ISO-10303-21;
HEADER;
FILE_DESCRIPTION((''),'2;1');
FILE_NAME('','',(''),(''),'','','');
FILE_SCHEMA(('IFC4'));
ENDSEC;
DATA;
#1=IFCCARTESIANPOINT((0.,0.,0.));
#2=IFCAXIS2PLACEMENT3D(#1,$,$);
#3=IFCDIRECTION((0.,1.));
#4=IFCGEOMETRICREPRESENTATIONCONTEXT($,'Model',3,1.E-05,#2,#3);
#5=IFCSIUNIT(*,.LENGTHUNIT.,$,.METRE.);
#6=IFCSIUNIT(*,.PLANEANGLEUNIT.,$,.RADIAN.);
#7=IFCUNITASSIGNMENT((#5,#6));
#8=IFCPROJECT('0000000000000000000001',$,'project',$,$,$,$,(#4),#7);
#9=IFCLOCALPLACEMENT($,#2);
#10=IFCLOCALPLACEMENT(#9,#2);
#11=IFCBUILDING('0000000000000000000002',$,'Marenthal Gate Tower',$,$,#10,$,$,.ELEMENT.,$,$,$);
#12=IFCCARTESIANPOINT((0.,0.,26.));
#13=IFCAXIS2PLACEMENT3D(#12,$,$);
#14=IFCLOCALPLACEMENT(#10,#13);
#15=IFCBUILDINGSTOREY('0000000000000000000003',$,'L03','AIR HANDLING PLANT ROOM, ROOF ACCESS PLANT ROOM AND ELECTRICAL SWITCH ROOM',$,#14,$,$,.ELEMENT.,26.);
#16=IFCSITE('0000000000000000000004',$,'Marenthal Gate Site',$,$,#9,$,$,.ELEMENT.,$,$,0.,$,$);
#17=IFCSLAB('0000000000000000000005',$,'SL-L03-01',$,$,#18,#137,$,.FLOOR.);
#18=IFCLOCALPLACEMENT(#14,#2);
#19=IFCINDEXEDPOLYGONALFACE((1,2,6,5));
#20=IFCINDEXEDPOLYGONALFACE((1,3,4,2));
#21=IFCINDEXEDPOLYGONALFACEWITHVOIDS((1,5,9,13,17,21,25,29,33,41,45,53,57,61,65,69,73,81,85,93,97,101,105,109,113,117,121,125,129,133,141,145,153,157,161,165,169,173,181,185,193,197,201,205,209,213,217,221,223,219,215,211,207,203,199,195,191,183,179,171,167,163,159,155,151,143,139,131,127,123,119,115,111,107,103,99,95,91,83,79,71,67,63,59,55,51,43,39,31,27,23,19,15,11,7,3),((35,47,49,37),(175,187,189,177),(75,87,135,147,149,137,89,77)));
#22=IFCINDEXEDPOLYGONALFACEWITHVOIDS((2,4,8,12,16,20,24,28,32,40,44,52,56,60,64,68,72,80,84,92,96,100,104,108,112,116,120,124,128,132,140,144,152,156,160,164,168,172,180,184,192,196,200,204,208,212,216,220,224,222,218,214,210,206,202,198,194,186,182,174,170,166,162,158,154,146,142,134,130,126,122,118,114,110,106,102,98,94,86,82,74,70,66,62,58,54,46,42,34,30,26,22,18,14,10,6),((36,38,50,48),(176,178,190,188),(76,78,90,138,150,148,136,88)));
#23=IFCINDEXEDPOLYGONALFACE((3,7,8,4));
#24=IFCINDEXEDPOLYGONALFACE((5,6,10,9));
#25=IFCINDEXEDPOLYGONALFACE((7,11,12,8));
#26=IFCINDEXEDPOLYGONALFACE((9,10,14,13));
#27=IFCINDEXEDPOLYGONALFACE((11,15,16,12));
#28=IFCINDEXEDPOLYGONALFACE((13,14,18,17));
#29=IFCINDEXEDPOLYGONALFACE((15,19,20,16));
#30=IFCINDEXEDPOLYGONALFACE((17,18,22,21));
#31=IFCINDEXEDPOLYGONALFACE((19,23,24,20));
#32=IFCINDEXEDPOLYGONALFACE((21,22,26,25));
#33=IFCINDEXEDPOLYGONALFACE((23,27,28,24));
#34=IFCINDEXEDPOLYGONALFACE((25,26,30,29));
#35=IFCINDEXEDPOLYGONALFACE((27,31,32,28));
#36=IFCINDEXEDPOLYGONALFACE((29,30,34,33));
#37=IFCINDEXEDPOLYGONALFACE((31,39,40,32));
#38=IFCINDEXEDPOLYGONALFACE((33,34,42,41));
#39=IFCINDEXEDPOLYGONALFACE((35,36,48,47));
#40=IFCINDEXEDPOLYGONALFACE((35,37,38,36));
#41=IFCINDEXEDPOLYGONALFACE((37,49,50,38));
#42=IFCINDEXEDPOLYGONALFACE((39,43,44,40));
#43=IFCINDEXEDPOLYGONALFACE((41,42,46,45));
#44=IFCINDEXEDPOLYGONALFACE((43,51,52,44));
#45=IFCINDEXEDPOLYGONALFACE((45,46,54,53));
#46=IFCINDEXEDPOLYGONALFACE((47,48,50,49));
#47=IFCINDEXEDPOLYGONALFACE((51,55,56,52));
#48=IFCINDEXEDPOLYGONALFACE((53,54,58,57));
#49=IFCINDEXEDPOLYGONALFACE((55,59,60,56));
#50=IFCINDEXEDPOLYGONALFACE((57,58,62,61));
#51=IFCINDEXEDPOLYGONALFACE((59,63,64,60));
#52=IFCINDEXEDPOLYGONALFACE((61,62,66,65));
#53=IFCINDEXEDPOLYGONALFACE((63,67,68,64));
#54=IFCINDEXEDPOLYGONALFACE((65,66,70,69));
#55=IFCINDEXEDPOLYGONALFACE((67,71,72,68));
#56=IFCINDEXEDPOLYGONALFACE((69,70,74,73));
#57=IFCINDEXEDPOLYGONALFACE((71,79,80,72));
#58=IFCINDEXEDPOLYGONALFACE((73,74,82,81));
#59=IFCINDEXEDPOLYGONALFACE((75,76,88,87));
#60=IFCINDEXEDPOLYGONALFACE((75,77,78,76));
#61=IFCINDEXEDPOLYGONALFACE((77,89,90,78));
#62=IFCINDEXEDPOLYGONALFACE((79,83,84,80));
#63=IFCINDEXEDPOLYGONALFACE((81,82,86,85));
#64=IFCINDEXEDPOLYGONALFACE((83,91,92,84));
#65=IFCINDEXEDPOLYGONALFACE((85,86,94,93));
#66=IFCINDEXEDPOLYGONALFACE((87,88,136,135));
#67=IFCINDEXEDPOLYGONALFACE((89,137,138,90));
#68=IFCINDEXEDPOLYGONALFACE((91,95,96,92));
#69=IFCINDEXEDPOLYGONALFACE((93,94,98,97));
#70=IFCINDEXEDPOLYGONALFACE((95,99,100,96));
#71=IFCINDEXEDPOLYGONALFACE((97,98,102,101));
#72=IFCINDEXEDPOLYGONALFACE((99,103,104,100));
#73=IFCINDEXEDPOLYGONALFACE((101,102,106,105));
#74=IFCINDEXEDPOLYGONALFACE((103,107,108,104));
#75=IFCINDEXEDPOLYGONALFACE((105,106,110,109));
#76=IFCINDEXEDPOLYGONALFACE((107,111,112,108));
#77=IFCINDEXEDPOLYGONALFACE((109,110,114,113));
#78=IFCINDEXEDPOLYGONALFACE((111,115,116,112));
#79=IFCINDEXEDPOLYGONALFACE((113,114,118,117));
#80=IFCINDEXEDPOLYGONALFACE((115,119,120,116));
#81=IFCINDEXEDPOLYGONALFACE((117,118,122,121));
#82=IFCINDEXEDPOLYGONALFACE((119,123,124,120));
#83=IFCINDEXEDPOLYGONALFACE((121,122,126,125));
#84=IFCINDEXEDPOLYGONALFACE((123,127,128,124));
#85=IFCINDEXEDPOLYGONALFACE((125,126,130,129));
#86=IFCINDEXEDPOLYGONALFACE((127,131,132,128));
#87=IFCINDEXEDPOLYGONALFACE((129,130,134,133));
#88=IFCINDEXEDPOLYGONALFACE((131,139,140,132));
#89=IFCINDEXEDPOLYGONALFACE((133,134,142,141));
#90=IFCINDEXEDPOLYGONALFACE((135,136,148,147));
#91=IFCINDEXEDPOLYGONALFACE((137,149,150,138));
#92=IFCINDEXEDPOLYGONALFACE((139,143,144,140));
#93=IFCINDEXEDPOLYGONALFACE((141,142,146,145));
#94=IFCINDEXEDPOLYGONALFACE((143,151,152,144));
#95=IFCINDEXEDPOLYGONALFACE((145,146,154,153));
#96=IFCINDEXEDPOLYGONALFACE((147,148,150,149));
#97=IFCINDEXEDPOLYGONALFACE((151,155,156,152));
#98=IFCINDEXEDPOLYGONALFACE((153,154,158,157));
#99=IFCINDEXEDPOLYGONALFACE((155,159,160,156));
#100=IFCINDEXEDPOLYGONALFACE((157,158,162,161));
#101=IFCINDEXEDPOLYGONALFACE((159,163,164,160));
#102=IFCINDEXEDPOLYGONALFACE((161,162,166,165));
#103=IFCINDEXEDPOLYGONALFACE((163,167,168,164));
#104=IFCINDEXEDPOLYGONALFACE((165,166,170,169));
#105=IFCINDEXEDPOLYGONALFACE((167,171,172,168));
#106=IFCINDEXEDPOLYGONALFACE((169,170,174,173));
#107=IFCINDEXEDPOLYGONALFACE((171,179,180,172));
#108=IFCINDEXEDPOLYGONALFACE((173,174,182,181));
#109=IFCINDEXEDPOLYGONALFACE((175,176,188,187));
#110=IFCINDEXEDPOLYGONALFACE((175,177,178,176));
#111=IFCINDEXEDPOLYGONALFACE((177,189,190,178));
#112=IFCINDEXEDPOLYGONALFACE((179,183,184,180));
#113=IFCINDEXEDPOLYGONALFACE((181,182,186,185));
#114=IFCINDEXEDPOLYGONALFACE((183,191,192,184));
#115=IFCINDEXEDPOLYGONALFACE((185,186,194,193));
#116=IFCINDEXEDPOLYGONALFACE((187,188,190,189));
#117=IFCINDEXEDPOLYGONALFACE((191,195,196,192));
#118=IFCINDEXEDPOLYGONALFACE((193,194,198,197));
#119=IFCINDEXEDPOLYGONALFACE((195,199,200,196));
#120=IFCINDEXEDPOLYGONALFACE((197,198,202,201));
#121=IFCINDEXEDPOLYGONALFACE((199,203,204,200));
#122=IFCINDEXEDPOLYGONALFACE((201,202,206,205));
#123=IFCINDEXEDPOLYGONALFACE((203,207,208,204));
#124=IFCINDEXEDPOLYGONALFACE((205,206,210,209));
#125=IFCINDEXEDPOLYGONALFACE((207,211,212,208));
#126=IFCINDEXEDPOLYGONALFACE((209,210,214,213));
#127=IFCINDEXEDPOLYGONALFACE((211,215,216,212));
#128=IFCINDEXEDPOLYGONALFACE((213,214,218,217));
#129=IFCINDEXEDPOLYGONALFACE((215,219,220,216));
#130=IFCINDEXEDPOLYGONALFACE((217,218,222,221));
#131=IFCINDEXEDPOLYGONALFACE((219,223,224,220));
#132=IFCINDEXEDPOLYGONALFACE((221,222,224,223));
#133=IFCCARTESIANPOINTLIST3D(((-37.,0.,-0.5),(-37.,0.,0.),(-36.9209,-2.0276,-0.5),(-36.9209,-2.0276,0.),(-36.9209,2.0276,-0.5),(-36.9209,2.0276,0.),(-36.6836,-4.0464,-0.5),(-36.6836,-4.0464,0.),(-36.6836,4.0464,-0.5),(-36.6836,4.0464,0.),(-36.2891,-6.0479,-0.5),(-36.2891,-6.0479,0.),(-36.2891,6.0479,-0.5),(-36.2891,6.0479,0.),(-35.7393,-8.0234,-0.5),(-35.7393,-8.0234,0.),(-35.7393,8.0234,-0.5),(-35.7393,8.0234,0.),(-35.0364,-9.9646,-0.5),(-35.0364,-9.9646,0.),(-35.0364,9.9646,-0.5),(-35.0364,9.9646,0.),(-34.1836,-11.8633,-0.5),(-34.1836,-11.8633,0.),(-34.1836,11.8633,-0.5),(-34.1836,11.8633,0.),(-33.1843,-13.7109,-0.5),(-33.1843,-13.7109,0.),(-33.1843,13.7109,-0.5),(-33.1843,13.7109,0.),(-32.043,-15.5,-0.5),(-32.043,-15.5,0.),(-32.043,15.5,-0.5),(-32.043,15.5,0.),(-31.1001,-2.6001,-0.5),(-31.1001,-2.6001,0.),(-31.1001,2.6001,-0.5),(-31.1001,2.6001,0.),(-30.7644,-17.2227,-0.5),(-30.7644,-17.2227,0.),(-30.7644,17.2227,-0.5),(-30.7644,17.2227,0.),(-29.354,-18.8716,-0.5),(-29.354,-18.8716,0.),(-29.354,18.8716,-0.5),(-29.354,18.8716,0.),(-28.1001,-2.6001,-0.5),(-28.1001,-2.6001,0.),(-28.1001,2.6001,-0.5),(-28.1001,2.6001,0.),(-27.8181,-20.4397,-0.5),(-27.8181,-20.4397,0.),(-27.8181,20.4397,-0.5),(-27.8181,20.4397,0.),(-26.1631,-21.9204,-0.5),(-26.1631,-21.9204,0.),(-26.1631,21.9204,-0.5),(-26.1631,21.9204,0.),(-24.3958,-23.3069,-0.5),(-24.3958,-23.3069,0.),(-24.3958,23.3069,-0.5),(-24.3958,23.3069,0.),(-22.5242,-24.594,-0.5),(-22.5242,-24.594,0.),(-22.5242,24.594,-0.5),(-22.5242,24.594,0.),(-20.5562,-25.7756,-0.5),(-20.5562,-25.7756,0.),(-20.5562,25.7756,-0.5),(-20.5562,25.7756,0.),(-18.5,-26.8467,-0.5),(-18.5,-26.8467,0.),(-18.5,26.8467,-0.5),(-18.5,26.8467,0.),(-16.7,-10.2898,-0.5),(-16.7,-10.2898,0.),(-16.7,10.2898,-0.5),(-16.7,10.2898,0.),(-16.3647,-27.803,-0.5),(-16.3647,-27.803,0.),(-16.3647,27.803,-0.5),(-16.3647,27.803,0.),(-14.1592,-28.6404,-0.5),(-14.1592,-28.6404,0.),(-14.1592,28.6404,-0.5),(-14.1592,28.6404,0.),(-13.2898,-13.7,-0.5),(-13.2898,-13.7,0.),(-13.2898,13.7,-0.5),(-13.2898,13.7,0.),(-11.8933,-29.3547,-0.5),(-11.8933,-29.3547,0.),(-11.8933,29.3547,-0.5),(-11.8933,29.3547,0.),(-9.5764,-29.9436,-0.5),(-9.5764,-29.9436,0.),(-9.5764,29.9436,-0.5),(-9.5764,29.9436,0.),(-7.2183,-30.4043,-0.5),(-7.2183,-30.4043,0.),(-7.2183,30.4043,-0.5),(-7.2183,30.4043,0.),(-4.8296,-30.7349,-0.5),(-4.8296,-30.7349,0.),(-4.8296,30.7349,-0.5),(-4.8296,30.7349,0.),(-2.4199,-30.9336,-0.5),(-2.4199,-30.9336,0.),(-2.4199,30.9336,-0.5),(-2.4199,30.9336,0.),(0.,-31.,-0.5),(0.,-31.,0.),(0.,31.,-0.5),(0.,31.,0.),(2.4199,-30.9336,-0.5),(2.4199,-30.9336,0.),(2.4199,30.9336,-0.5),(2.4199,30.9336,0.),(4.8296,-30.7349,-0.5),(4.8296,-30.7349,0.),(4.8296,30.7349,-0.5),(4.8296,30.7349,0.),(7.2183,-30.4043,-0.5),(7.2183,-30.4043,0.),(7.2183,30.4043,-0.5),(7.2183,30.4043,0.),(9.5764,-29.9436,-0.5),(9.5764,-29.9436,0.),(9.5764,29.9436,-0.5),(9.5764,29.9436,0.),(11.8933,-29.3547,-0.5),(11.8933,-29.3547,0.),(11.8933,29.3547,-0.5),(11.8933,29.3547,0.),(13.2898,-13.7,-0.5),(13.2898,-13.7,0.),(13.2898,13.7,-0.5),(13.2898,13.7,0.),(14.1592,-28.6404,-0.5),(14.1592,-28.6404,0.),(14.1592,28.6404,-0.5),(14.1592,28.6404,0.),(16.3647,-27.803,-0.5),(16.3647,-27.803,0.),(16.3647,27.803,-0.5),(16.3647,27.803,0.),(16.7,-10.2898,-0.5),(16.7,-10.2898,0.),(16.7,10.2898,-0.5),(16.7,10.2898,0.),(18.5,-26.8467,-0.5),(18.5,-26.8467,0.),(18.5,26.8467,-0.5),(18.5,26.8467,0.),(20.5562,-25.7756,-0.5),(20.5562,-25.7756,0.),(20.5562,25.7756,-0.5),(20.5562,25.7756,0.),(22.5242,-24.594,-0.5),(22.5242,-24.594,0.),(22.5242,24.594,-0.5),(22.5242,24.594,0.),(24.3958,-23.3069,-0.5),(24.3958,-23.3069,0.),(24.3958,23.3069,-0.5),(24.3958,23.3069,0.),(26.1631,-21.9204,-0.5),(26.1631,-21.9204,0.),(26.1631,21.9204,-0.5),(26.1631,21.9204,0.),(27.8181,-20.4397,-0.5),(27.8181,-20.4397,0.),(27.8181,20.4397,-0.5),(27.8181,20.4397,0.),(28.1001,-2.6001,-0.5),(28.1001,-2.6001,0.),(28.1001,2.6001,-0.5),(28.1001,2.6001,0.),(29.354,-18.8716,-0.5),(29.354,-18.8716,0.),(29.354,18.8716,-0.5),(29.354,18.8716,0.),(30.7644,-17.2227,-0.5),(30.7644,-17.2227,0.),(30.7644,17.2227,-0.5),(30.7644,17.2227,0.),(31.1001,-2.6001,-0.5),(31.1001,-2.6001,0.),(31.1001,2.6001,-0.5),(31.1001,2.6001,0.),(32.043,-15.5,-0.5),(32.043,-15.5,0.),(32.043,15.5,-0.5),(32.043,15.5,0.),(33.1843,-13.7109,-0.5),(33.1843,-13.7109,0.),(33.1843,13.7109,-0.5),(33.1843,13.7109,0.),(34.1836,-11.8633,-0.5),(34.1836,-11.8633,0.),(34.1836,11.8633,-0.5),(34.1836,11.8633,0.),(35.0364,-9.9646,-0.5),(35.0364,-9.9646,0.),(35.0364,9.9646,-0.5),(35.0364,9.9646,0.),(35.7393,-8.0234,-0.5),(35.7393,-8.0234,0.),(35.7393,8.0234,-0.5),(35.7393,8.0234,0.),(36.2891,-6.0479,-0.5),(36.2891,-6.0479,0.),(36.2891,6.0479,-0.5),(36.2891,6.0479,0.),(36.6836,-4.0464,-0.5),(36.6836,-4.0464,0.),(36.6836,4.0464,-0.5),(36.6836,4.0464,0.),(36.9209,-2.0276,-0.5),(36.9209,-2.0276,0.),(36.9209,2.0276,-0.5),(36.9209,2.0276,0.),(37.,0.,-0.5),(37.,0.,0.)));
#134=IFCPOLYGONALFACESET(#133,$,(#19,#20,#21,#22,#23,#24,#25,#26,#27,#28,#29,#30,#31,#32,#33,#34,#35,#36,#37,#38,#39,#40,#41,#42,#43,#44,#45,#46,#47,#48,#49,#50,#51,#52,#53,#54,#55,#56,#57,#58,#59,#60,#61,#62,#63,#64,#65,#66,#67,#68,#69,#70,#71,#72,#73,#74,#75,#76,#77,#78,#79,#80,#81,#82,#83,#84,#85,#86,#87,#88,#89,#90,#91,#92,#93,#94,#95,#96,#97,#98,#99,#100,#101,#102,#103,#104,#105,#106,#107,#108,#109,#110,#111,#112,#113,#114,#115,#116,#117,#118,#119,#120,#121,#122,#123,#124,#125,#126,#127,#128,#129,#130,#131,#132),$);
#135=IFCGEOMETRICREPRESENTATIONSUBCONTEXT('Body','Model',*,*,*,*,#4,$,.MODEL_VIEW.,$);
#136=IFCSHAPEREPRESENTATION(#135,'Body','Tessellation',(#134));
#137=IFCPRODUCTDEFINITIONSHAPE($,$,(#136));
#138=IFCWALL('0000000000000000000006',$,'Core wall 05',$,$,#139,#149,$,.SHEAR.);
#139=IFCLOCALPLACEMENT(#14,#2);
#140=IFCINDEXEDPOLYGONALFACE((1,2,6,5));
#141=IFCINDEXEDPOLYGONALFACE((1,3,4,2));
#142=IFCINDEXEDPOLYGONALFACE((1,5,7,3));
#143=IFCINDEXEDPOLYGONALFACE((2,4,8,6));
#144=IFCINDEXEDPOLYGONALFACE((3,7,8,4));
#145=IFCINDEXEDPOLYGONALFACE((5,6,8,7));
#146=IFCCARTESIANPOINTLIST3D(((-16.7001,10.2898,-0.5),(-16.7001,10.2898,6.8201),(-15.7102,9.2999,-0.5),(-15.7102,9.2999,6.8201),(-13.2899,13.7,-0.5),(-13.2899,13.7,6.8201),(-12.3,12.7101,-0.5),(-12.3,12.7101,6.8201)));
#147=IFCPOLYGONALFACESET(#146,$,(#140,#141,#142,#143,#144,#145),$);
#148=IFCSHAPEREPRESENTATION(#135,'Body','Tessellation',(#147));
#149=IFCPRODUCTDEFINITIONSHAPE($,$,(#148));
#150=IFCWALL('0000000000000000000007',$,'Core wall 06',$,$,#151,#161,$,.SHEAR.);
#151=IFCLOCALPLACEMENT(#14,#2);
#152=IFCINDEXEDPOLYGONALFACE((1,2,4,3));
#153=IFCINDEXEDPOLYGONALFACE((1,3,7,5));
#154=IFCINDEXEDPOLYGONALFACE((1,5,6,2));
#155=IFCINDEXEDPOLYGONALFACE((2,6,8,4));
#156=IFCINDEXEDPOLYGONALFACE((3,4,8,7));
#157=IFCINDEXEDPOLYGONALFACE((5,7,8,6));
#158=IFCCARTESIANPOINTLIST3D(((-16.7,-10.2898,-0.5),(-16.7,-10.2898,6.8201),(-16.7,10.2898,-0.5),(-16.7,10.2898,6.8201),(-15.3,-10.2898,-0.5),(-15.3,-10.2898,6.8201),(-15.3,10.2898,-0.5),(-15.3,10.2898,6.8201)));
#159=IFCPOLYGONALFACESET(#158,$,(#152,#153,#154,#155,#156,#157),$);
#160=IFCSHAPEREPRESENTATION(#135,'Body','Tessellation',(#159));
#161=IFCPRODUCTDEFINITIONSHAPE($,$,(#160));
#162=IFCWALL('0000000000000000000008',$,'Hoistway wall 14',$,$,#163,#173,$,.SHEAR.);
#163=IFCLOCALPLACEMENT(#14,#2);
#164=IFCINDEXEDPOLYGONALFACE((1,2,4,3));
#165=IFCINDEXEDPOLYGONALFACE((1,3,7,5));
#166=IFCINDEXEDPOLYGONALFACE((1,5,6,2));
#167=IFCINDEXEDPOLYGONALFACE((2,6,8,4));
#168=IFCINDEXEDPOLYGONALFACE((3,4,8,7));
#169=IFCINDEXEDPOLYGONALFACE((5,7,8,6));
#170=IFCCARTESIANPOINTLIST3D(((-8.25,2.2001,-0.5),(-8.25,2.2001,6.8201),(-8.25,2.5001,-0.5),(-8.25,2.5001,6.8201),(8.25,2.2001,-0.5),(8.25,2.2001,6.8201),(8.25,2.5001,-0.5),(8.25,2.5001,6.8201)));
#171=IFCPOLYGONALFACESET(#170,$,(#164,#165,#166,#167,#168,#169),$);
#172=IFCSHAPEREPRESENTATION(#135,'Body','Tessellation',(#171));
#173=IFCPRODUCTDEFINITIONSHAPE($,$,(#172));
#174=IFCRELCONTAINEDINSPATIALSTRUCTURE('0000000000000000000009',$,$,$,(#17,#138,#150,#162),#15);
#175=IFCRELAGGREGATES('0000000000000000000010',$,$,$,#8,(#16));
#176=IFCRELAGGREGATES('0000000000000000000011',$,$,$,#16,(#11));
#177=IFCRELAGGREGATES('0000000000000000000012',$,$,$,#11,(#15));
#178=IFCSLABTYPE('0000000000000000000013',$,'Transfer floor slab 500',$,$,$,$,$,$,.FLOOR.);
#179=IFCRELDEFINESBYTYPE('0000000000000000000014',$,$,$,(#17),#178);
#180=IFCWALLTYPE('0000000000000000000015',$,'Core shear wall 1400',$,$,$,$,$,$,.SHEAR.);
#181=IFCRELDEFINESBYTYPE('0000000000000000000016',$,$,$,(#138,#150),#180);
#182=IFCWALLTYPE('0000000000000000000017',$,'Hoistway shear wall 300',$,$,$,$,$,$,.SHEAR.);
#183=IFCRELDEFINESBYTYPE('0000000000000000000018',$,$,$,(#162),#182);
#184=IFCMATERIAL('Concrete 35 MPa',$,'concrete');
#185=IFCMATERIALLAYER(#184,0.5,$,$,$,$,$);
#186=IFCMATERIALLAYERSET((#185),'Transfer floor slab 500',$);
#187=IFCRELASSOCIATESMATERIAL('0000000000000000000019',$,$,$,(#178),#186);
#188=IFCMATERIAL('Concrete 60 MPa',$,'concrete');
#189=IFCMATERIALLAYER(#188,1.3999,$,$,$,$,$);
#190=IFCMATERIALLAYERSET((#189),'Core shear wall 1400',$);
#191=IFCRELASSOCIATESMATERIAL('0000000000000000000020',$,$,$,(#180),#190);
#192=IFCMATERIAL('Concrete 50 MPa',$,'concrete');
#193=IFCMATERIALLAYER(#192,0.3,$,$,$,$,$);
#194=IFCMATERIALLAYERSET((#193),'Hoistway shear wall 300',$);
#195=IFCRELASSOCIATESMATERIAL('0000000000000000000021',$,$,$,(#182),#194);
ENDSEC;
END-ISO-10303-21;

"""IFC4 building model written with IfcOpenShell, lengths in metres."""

from ifc_helpers import new_model, si_unit, direction, frame, frame_2d, origin, place, context, subcontext, project, spatial, polyline, rectangle, outline, extrude, material, layer, layer_set, type_object, element, save


model = new_model("IFC4")

# Units and contexts
model_context = context("Model", 3, precision=1e-05, world=origin(), true_north=direction((0.0, 1.0)))
body_context = subcontext(model_context, "Body", "Model", "MODEL_VIEW")
ifc_project = project(units=[si_unit("LENGTHUNIT", "METRE"), si_unit("PLANEANGLEUNIT", "RADIAN")], contexts=[model_context])

# Site, building, storey
site_placement = place(None, origin())
site = spatial("IfcSite", under=ifc_project, at=site_placement, Name="Marenthal Gate Site", CompositionType="ELEMENT", RefElevation=0.0)
building_placement = place(site_placement, origin())
building = spatial("IfcBuilding", under=site, at=building_placement, Name="Marenthal Gate Tower", CompositionType="ELEMENT")
storey_placement = place(building_placement, frame((0.0, 0.0, 26.0)))
storey = spatial("IfcBuildingStorey", under=building, at=storey_placement, Name="L03", Description="AIR HANDLING PLANT ROOM, ROOF ACCESS PLANT ROOM AND ELECTRICAL SWITCH ROOM", CompositionType="ELEMENT", Elevation=26.0)

# Slab
ifc_material_1 = material(Name="Concrete 35 MPa", Category="concrete")
ifc_layer_1 = layer(ifc_material_1, 0.5)
ifc_layer_set_1 = layer_set([ifc_layer_1], Name="Transfer floor slab 500")
slab_type_1 = type_object("IfcSlabType", Name="Transfer floor slab 500", PredefinedType="FLOOR", material=ifc_layer_set_1)
slab_1_placement = place(storey_placement, frame((0.0, 0.0, -0.5)))
element("IfcSlab", 1, at=slab_1_placement, inside=storey, type_object=slab_type_1, Name="SL-L03-01", PredefinedType="FLOOR", context=body_context, shape_type="SweptSolid", body=[
    extrude(outline(polyline([(36.9209, -2.0276), (36.6836, -4.0464), (36.2891, -6.0479), (35.7393, -8.0234), (35.0364, -9.9646), (34.1836, -11.8633), (33.1843, -13.7109), (32.043, -15.5), (30.7644, -17.2227), (29.354, -18.8716), (27.8181, -20.4397), (26.1631, -21.9204), (24.3958, -23.3069), (22.5242, -24.594), (20.5562, -25.7756), (18.5, -26.8467), (16.3647, -27.803), (14.1592, -28.6404), (11.8933, -29.3547), (9.5764, -29.9436), (7.2183, -30.4043), (4.8296, -30.7349), (2.4199, -30.9336), (0.0, -31.0), (-2.4199, -30.9336), (-4.8296, -30.7349), (-7.2183, -30.4043), (-9.5764, -29.9436), (-11.8933, -29.3547), (-14.1592, -28.6404), (-16.3647, -27.803), (-18.5, -26.8467), (-20.5562, -25.7756), (-22.5242, -24.594), (-24.3958, -23.3069), (-26.1631, -21.9204), (-27.8181, -20.4397), (-29.354, -18.8716), (-30.7644, -17.2227), (-32.043, -15.5), (-33.1843, -13.7109), (-34.1836, -11.8633), (-35.0364, -9.9646), (-35.7393, -8.0234), (-36.2891, -6.0479), (-36.6836, -4.0464), (-36.9209, -2.0276), (-37.0, 0.0), (-36.9209, 2.0276), (-36.6836, 4.0464), (-36.2891, 6.0479), (-35.7393, 8.0234), (-35.0364, 9.9646), (-34.1836, 11.8633), (-33.1843, 13.7109), (-32.043, 15.5), (-30.7644, 17.2227), (-29.354, 18.8716), (-27.8181, 20.4397), (-26.1631, 21.9204), (-24.3958, 23.3069), (-22.5242, 24.594), (-20.5562, 25.7756), (-18.5, 26.8467), (-16.3647, 27.803), (-14.1592, 28.6404), (-11.8933, 29.3547), (-9.5764, 29.9436), (-7.2183, 30.4043), (-4.8296, 30.7349), (-2.4199, 30.9336), (0.0, 31.0), (2.4199, 30.9336), (4.8296, 30.7349), (7.2183, 30.4043), (9.5764, 29.9436), (11.8933, 29.3547), (14.1592, 28.6404), (16.3647, 27.803), (18.5, 26.8467), (20.5562, 25.7756), (22.5242, 24.594), (24.3958, 23.3069), (26.1631, 21.9204), (27.8181, 20.4397), (29.354, 18.8716), (30.7644, 17.2227), (32.043, 15.5), (33.1843, 13.7109), (34.1836, 11.8633), (35.0364, 9.9646), (35.7393, 8.0234), (36.2891, 6.0479), (36.6836, 4.0464), (36.9209, 2.0276), (37.0, 0.0), (36.9209, -2.0276)]), holes=[polyline([(16.7, -10.2898), (16.7, 10.2898), (13.2898, 13.7), (-13.2898, 13.7), (-16.7, 10.2898), (-16.7, -10.2898), (-13.2898, -13.7), (13.2898, -13.7), (16.7, -10.2898)]), polyline([(-31.1001, 2.6001), (-31.1001, -2.6001), (-28.1001, -2.6001), (-28.1001, 2.6001), (-31.1001, 2.6001)]), polyline([(28.1001, 2.6001), (28.1001, -2.6001), (31.1001, -2.6001), (31.1001, 2.6001), (28.1001, 2.6001)])]), origin(), (0.0, 0.0, 1.0), 0.5),
])

# Walls
ifc_material_2 = material(Name="Concrete 60 MPa", Category="concrete")
ifc_layer_2 = layer(ifc_material_2, 1.3999)
ifc_layer_set_2 = layer_set([ifc_layer_2], Name="Core shear wall 1400")
wall_type_1 = type_object("IfcWallType", Name="Core shear wall 1400", PredefinedType="SHEAR", material=ifc_layer_set_2)
wall_1_placement = place(storey_placement, frame((-12.7949, 13.2051, -0.5), z_axis=(0.0, 0.0, 1.0), x_axis=(-0.707107, -0.707107, 0.0)))
element("IfcWall", 2, at=wall_1_placement, inside=storey, type_object=wall_type_1, Name="Core wall 05", PredefinedType="SHEAR", context=body_context, shape_type="SweptSolid", body=[
    extrude(rectangle(XDim=4.8228, YDim=1.3999, at=frame_2d((2.4114, 0.0))), origin(), (0.0, 0.0, 1.0), 7.3201),
])
wall_2_placement = place(storey_placement, frame((-16.0, 10.2898, -0.5), z_axis=(0.0, 0.0, 1.0), x_axis=(0.0, -1.0, 0.0)))
element("IfcWall", 3, at=wall_2_placement, inside=storey, type_object=wall_type_1, Name="Core wall 06", PredefinedType="SHEAR", context=body_context, shape_type="SweptSolid", body=[
    extrude(rectangle(XDim=20.5796, YDim=1.3999, at=frame_2d((10.2898, 0.0))), origin(), (0.0, 0.0, 1.0), 7.3201),
])
ifc_material_3 = material(Name="Concrete 50 MPa", Category="concrete")
ifc_layer_3 = layer(ifc_material_3, 0.3)
ifc_layer_set_3 = layer_set([ifc_layer_3], Name="Hoistway shear wall 300")
wall_type_2 = type_object("IfcWallType", Name="Hoistway shear wall 300", PredefinedType="SHEAR", material=ifc_layer_set_3)
wall_3_placement = place(storey_placement, frame((-8.25, 2.3501, -0.5), z_axis=(0.0, 0.0, 1.0), x_axis=(1.0, 0.0, 0.0)))
element("IfcWall", 4, at=wall_3_placement, inside=storey, type_object=wall_type_2, Name="Hoistway wall 14", PredefinedType="SHEAR", context=body_context, shape_type="SweptSolid", body=[
    extrude(rectangle(XDim=16.5, YDim=0.3, at=frame_2d((8.25, 0.0))), origin(), (0.0, 0.0, 1.0), 7.3201),
])

save(model, "model.ifc")
